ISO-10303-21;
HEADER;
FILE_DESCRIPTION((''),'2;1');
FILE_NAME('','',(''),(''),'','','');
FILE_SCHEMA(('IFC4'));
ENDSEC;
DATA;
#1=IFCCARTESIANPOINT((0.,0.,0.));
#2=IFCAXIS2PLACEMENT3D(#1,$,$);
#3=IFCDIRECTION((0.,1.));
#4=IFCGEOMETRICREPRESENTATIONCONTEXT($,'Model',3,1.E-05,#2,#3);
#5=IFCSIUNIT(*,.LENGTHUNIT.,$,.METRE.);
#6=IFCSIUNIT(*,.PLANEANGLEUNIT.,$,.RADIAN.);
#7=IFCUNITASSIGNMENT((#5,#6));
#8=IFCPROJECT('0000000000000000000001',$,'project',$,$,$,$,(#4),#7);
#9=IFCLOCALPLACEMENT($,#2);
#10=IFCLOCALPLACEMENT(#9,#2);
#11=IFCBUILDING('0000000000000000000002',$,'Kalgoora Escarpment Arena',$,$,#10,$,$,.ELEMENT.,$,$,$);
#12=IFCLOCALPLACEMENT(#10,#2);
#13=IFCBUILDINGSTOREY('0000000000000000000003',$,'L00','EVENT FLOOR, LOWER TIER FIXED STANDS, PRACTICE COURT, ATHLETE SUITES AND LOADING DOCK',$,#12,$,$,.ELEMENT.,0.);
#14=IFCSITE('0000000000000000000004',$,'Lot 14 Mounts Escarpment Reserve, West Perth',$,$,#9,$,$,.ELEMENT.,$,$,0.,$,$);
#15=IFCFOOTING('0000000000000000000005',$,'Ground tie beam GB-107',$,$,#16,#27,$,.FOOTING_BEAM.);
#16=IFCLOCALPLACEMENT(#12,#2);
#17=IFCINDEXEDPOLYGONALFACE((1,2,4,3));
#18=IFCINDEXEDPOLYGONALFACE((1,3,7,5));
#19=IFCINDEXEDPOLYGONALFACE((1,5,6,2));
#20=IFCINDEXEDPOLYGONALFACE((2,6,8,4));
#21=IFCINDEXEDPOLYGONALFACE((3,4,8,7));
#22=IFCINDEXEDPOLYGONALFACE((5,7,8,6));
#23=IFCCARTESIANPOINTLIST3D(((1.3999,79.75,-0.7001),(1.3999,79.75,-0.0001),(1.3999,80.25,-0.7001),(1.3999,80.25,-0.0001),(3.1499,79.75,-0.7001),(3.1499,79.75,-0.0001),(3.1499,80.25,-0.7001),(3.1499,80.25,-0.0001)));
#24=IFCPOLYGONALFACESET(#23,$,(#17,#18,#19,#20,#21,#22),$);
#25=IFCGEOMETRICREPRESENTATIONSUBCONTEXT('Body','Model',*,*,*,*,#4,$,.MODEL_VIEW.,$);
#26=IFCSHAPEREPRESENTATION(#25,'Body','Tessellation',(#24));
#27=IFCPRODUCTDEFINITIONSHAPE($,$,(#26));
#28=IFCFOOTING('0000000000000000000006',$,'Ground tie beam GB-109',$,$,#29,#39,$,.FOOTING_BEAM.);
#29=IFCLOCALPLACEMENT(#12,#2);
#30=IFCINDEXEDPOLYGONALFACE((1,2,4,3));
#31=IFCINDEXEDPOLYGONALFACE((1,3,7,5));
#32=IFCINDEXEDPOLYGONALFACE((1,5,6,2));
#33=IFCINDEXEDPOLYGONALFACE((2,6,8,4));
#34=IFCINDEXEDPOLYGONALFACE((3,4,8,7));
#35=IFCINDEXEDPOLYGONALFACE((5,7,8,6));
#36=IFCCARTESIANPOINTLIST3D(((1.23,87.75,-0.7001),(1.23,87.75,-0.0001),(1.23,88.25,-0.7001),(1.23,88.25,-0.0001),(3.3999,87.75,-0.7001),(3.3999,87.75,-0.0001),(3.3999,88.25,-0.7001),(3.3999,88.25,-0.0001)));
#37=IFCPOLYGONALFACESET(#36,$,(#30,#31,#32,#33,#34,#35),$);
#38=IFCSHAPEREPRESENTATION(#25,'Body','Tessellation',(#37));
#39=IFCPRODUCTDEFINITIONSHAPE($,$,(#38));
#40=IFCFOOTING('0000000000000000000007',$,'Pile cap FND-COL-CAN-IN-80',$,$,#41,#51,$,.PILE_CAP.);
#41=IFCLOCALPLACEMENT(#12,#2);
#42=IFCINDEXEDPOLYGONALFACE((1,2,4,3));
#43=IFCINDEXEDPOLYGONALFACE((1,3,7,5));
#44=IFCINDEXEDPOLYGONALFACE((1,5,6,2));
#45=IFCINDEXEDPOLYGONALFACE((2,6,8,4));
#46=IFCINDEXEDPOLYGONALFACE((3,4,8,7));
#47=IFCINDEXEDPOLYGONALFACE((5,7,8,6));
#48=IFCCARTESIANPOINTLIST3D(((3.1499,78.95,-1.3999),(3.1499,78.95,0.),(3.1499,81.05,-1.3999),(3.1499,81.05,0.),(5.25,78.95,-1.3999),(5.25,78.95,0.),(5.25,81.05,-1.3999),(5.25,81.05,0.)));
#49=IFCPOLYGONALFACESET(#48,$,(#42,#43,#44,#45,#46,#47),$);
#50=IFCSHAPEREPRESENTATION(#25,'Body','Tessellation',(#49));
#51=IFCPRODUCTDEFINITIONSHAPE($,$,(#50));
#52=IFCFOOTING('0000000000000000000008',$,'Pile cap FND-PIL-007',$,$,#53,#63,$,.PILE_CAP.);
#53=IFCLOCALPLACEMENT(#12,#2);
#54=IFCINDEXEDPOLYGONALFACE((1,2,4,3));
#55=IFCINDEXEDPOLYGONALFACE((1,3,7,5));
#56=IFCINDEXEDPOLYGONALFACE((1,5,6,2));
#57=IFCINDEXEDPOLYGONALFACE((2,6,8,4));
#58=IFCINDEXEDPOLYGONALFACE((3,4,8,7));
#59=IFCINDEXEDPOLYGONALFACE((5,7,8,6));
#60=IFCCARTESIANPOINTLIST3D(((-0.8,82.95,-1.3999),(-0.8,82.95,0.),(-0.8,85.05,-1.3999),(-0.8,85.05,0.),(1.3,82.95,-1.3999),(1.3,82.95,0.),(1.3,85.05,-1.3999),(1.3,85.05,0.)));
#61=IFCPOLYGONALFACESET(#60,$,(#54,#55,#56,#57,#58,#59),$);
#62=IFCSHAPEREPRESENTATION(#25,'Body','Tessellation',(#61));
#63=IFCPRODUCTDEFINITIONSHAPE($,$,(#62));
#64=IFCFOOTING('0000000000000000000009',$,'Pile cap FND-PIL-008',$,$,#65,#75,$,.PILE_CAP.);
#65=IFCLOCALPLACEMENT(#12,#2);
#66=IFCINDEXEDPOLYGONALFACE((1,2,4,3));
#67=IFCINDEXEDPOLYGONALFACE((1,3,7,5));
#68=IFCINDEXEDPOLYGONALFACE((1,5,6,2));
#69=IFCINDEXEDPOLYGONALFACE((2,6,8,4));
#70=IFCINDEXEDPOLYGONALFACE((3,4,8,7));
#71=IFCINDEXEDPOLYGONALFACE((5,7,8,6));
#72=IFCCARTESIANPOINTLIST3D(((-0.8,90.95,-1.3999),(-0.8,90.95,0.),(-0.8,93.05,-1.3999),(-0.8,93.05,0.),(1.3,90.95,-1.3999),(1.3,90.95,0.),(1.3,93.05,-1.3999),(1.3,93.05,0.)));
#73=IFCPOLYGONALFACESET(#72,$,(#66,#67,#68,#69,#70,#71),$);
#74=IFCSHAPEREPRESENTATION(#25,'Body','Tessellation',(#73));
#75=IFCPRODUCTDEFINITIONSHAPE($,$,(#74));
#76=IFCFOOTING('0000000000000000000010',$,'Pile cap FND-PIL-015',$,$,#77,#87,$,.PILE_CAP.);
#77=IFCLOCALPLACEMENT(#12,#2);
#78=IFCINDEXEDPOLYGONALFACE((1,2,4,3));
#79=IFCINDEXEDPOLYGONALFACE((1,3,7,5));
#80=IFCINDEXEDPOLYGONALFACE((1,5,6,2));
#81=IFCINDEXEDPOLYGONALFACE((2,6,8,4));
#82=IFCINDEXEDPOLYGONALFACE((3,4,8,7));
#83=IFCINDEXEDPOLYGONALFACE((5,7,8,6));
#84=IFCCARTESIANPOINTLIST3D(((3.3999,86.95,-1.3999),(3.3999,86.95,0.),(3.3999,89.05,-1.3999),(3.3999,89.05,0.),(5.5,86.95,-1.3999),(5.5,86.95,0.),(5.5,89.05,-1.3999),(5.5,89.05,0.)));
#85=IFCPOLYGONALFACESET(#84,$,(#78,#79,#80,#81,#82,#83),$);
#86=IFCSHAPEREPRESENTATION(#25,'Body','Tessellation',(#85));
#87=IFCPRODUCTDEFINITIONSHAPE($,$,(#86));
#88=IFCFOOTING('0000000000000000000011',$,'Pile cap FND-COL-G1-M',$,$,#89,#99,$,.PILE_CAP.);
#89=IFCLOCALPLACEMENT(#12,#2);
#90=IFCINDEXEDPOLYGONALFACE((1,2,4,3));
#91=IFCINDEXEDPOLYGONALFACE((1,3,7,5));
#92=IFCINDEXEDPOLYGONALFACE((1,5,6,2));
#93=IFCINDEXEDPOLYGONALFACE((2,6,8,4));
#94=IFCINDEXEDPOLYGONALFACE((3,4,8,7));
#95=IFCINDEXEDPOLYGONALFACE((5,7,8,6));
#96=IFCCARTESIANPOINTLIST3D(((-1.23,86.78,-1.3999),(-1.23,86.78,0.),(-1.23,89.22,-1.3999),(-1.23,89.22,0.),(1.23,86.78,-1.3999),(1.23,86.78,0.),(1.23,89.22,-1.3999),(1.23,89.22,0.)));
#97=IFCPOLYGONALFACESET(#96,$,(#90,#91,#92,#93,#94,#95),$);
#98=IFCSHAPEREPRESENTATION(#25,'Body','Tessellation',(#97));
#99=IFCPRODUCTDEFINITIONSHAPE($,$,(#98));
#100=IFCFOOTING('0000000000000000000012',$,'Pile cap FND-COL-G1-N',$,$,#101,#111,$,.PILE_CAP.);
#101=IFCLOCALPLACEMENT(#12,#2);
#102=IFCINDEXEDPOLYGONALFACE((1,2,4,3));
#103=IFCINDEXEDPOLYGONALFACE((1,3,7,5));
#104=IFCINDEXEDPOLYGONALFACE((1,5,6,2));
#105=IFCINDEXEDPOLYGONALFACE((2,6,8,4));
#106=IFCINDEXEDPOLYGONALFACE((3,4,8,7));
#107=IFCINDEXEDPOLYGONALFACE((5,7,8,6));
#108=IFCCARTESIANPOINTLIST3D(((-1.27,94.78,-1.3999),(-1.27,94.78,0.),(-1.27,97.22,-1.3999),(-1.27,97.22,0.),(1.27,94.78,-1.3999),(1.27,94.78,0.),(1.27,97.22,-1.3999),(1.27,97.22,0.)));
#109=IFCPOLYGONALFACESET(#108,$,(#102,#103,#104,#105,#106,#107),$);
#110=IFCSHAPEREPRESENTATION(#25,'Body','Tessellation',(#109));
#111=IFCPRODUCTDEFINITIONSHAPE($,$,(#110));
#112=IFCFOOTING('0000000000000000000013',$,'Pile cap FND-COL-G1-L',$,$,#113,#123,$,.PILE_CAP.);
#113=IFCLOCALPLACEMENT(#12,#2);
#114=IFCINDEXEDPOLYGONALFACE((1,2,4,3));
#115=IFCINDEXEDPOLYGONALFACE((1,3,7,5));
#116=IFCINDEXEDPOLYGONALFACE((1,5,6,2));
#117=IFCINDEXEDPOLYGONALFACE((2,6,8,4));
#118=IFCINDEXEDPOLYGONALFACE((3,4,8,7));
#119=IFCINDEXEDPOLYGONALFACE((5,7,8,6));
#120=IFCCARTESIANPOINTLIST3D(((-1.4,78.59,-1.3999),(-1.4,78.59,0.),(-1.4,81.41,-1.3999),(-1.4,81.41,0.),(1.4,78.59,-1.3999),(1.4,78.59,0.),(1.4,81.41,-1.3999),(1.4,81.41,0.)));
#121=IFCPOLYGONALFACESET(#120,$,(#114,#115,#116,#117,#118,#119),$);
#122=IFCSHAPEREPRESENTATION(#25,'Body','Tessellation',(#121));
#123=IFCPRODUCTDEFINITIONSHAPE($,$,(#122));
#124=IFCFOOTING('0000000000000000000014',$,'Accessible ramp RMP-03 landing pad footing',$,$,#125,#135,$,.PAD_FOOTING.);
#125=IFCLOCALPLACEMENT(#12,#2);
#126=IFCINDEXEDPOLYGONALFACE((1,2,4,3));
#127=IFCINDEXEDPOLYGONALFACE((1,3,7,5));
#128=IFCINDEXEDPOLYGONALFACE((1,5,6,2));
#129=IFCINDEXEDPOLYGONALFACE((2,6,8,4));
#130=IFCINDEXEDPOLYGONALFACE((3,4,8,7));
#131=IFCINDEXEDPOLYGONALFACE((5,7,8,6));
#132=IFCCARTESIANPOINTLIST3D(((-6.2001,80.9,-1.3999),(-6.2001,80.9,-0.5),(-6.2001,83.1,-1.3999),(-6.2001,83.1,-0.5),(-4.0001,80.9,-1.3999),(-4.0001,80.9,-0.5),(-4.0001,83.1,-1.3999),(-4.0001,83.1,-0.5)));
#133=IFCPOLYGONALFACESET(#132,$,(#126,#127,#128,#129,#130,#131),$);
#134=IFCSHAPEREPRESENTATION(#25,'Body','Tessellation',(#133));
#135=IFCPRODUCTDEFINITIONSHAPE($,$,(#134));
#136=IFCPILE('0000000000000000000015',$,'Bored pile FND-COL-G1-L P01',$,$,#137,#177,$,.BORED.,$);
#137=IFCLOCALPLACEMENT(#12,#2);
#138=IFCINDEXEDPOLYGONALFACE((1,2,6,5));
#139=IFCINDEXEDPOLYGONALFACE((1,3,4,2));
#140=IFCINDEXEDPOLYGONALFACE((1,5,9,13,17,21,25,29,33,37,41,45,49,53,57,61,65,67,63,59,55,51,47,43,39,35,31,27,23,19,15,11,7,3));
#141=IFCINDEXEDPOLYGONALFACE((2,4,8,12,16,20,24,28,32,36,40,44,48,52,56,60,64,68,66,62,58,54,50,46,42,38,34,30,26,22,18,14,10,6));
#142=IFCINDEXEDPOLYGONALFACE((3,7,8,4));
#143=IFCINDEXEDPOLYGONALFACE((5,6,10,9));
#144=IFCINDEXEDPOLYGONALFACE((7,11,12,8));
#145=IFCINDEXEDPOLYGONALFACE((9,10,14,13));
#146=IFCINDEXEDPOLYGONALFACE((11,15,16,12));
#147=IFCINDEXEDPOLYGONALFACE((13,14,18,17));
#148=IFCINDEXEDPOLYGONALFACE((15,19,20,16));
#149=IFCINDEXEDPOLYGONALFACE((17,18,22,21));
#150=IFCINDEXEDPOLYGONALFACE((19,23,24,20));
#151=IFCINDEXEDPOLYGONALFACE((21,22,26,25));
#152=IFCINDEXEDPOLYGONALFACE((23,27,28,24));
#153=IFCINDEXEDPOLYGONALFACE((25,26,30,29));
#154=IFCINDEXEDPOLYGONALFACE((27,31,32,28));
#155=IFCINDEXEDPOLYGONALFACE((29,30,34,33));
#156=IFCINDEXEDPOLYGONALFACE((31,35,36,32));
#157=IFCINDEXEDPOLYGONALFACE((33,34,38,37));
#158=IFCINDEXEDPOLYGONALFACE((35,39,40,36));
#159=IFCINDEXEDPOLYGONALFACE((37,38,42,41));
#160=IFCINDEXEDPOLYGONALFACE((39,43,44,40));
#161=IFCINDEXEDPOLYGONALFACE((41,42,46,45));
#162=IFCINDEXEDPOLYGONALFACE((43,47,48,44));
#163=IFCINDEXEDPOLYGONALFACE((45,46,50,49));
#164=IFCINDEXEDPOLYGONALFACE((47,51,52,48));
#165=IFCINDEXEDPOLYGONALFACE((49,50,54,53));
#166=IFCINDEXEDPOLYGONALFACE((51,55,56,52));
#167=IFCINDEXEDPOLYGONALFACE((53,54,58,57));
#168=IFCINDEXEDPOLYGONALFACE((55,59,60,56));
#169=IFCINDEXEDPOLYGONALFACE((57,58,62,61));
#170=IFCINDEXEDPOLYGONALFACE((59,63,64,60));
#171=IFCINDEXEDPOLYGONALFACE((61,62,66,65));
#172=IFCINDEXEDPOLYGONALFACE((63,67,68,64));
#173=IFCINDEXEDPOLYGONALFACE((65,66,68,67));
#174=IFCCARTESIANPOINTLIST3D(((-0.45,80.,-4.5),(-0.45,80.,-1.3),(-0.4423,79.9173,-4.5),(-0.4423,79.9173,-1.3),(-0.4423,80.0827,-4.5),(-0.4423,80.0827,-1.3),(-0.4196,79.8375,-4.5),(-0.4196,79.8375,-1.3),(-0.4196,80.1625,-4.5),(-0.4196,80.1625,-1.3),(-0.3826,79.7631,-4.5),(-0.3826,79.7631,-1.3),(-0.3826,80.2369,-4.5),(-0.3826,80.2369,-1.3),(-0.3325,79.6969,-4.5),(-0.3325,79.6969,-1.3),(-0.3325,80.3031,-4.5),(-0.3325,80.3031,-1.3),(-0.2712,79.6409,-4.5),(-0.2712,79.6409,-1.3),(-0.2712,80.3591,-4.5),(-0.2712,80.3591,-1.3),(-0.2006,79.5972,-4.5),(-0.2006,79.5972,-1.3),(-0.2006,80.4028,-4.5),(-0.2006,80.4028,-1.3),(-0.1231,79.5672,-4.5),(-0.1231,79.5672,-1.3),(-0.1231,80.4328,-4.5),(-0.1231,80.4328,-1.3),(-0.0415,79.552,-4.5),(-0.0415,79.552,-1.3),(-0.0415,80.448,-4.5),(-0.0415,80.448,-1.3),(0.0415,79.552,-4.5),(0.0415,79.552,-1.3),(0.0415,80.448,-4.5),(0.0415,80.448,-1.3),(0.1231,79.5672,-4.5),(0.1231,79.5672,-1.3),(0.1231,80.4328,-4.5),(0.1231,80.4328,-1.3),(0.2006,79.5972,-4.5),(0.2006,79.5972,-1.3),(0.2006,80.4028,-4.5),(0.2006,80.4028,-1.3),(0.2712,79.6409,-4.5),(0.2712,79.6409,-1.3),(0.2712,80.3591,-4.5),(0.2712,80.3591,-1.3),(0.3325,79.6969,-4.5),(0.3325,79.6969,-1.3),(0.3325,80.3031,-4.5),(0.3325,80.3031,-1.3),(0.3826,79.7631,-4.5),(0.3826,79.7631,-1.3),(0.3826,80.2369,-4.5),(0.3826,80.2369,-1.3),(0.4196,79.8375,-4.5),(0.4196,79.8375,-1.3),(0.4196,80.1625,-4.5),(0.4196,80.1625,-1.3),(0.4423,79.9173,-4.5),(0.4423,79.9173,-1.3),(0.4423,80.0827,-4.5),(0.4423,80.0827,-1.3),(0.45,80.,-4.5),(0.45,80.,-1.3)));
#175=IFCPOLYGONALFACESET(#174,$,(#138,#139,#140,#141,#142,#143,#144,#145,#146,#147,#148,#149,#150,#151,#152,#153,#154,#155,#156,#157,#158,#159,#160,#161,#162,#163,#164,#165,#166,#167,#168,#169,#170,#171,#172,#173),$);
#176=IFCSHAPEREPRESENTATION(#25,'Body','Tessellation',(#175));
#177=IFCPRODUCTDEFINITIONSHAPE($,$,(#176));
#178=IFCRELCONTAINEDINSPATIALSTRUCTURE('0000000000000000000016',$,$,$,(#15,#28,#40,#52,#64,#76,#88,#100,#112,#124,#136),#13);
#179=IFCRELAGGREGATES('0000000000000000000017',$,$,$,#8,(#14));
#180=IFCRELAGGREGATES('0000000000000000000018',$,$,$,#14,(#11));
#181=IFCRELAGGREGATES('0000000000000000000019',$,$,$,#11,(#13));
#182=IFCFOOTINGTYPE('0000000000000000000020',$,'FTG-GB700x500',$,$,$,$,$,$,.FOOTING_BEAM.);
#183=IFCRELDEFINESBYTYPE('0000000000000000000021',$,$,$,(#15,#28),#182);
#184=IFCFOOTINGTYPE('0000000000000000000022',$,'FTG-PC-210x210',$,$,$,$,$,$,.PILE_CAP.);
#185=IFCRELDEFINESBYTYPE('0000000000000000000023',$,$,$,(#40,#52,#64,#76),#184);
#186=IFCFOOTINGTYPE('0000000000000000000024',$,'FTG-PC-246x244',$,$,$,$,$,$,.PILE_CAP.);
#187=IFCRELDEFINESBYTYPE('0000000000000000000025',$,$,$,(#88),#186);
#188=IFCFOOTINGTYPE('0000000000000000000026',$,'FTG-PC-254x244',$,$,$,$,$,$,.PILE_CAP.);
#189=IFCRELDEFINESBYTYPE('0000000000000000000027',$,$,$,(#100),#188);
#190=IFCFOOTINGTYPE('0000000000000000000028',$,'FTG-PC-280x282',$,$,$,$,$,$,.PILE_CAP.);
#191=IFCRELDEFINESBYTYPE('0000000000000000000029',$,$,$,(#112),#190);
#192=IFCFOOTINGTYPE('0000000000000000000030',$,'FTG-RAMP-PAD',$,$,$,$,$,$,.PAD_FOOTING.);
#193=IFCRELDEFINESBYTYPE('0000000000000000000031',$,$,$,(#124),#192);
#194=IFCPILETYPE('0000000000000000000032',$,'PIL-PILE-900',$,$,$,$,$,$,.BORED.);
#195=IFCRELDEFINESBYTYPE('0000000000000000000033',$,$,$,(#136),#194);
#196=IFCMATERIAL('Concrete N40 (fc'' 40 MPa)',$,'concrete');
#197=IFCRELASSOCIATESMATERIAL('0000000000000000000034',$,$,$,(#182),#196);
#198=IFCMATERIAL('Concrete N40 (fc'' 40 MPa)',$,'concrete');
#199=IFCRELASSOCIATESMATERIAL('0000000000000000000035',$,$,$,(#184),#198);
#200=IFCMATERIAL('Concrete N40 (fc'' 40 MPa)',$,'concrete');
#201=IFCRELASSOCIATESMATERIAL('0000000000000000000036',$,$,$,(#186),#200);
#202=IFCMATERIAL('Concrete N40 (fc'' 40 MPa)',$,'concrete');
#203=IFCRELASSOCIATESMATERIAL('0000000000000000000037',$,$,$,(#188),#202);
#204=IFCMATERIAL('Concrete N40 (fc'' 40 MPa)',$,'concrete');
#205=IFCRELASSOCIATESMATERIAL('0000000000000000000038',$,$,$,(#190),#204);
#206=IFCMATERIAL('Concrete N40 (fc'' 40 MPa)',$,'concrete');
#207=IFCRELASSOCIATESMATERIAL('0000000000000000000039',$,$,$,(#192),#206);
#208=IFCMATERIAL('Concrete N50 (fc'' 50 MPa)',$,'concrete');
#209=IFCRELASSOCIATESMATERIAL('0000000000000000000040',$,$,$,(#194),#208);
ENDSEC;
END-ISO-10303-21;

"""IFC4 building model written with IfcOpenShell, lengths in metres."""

from ifc_helpers import new_model, si_unit, direction, frame, origin, origin_2d, place, context, subcontext, project, spatial, rectangle, circle, extrude, material, material_profile, profile_set, type_object, element, save


model = new_model("IFC4")

# Units and contexts
model_context = context("Model", 3, precision=1e-05, world=origin(), true_north=direction((0.0, 1.0)))
body_context = subcontext(model_context, "Body", "Model", "MODEL_VIEW")
ifc_project = project(units=[si_unit("LENGTHUNIT", "METRE"), si_unit("PLANEANGLEUNIT", "RADIAN")], contexts=[model_context])

# Site, building, storey
site_placement = place(None, origin())
site = spatial("IfcSite", under=ifc_project, at=site_placement, Name="Lot 14 Mounts Escarpment Reserve, West Perth", CompositionType="ELEMENT", RefElevation=0.0)
building_placement = place(site_placement, origin())
building = spatial("IfcBuilding", under=site, at=building_placement, Name="Kalgoora Escarpment Arena", CompositionType="ELEMENT")
storey_placement = place(building_placement, origin())
storey = spatial("IfcBuildingStorey", under=building, at=storey_placement, Name="L00", Description="EVENT FLOOR, LOWER TIER FIXED STANDS, PRACTICE COURT, ATHLETE SUITES AND LOADING DOCK", CompositionType="ELEMENT", Elevation=0.0)

# Footings
ifc_material_1 = material(Name="Concrete N40 (fc' 40 MPa)", Category="concrete")
ifc_material_profile_1 = material_profile(ifc_material_1, rectangle(XDim=0.5, YDim=0.7, at=origin_2d()))
ifc_profile_set_1 = profile_set([ifc_material_profile_1], Name="Concrete N40 (fc' 40 MPa)")
footing_type_1 = type_object("IfcFootingType", Name="FTG-GB700x500", PredefinedType="FOOTING_BEAM", material=ifc_profile_set_1)
footing_1_placement = place(storey_placement, frame((1.3999, 80.0, -0.3501), z_axis=(1.0, 0.0, 0.0), x_axis=(0.0, 1.0, 0.0)))
element("IfcFooting", 1, at=footing_1_placement, inside=storey, type_object=footing_type_1, Name="Ground tie beam GB-107", PredefinedType="FOOTING_BEAM", context=body_context, shape_type="SweptSolid", body=[
    extrude(rectangle(XDim=0.5, YDim=0.7, at=origin_2d()), origin(), (0.0, 0.0, 1.0), 1.75),
])
footing_2_placement = place(storey_placement, frame((1.23, 88.0, -0.3501), z_axis=(1.0, 0.0, 0.0), x_axis=(0.0, 1.0, 0.0)))
element("IfcFooting", 2, at=footing_2_placement, inside=storey, type_object=footing_type_1, Name="Ground tie beam GB-109", PredefinedType="FOOTING_BEAM", context=body_context, shape_type="SweptSolid", body=[
    extrude(rectangle(XDim=0.5, YDim=0.7, at=origin_2d()), origin(), (0.0, 0.0, 1.0), 2.1699),
])
ifc_material_2 = material(Name="Concrete N40 (fc' 40 MPa)", Category="concrete")
footing_type_2 = type_object("IfcFootingType", Name="FTG-PC-210x210", PredefinedType="PILE_CAP", material=ifc_material_2)
for number, where, z_axis, x_axis, name in (
    (3, (4.2, 80.0, -1.3999), (0.0, 0.0, 1.0), (1.0, 0.0, 0.0), "Pile cap FND-COL-CAN-IN-80"),
    (4, (0.25, 84.0, -1.3999), (0.0, 0.0, 1.0), (1.0, 0.0, 0.0), "Pile cap FND-PIL-007"),
    (5, (0.25, 92.0, -1.3999), (0.0, 0.0, 1.0), (1.0, 0.0, 0.0), "Pile cap FND-PIL-008"),
    (6, (4.45, 88.0, -1.3999), (0.0, 0.0, 1.0), (1.0, 0.0, 0.0), "Pile cap FND-PIL-015"),
):
    element("IfcFooting", number, at=place(storey_placement, frame(where, z_axis=z_axis, x_axis=x_axis)), inside=storey, type_object=footing_type_2, Name=name, PredefinedType="PILE_CAP", context=body_context, shape_type="SweptSolid", body=[
        extrude(rectangle(XDim=2.1001, YDim=2.1001, at=origin_2d()), origin(), (0.0, 0.0, 1.0), 1.3999),
    ])
ifc_material_3 = material(Name="Concrete N40 (fc' 40 MPa)", Category="concrete")
footing_type_3 = type_object("IfcFootingType", Name="FTG-PC-246x244", PredefinedType="PILE_CAP", material=ifc_material_3)
footing_3_placement = place(storey_placement, frame((0.0, 88.0, -1.3999), z_axis=(0.0, 0.0, 1.0), x_axis=(1.0, 0.0, 0.0)))
element("IfcFooting", 7, at=footing_3_placement, inside=storey, type_object=footing_type_3, Name="Pile cap FND-COL-G1-M", PredefinedType="PILE_CAP", context=body_context, shape_type="SweptSolid", body=[
    extrude(rectangle(XDim=2.46, YDim=2.4399, at=origin_2d()), origin(), (0.0, 0.0, 1.0), 1.3999),
])
ifc_material_4 = material(Name="Concrete N40 (fc' 40 MPa)", Category="concrete")
footing_type_4 = type_object("IfcFootingType", Name="FTG-PC-254x244", PredefinedType="PILE_CAP", material=ifc_material_4)
footing_4_placement = place(storey_placement, frame((0.0, 96.0, -1.3999), z_axis=(0.0, 0.0, 1.0), x_axis=(1.0, 0.0, 0.0)))
element("IfcFooting", 8, at=footing_4_placement, inside=storey, type_object=footing_type_4, Name="Pile cap FND-COL-G1-N", PredefinedType="PILE_CAP", context=body_context, shape_type="SweptSolid", body=[
    extrude(rectangle(XDim=2.54, YDim=2.4399, at=origin_2d()), origin(), (0.0, 0.0, 1.0), 1.3999),
])
ifc_material_5 = material(Name="Concrete N40 (fc' 40 MPa)", Category="concrete")
footing_type_5 = type_object("IfcFootingType", Name="FTG-PC-280x282", PredefinedType="PILE_CAP", material=ifc_material_5)
footing_5_placement = place(storey_placement, frame((0.0, 80.0, -1.3999), z_axis=(0.0, 0.0, 1.0), x_axis=(1.0, 0.0, 0.0)))
element("IfcFooting", 9, at=footing_5_placement, inside=storey, type_object=footing_type_5, Name="Pile cap FND-COL-G1-L", PredefinedType="PILE_CAP", context=body_context, shape_type="SweptSolid", body=[
    extrude(rectangle(XDim=2.8, YDim=2.8201, at=origin_2d()), origin(), (0.0, 0.0, 1.0), 1.3999),
])
ifc_material_6 = material(Name="Concrete N40 (fc' 40 MPa)", Category="concrete")
footing_type_6 = type_object("IfcFootingType", Name="FTG-RAMP-PAD", PredefinedType="PAD_FOOTING", material=ifc_material_6)
footing_6_placement = place(storey_placement, frame((-5.1001, 82.0, -1.3999), z_axis=(0.0, 0.0, 1.0), x_axis=(1.0, 0.0, 0.0)))
element("IfcFooting", 10, at=footing_6_placement, inside=storey, type_object=footing_type_6, Name="Accessible ramp RMP-03 landing pad footing", PredefinedType="PAD_FOOTING", context=body_context, shape_type="SweptSolid", body=[
    extrude(rectangle(XDim=2.2, YDim=2.2, at=origin_2d()), origin(), (0.0, 0.0, 1.0), 0.8999),
])

# Pile
ifc_material_7 = material(Name="Concrete N50 (fc' 50 MPa)", Category="concrete")
ifc_material_profile_2 = material_profile(ifc_material_7, circle(Radius=0.45, at=origin_2d()))
ifc_profile_set_2 = profile_set([ifc_material_profile_2], Name="Concrete N50 (fc' 50 MPa)")
pile_type = type_object("IfcPileType", Name="PIL-PILE-900", PredefinedType="BORED", material=ifc_profile_set_2)
for number, where, z_axis, x_axis, name in (
    (11, (0.0, 80.0, -1.3), (0.0, 0.0, -1.0), (1.0, 0.0, 0.0), "Bored pile FND-COL-G1-L P01"),
):
    element("IfcPile", number, at=place(storey_placement, frame(where, z_axis=z_axis, x_axis=x_axis)), inside=storey, type_object=pile_type, Name=name, PredefinedType="BORED", context=body_context, shape_type="SweptSolid", body=[
        extrude(circle(Radius=0.45, at=origin_2d()), origin(), (0.0, 0.0, 1.0), 3.2),
    ])

save(model, "model.ifc")
